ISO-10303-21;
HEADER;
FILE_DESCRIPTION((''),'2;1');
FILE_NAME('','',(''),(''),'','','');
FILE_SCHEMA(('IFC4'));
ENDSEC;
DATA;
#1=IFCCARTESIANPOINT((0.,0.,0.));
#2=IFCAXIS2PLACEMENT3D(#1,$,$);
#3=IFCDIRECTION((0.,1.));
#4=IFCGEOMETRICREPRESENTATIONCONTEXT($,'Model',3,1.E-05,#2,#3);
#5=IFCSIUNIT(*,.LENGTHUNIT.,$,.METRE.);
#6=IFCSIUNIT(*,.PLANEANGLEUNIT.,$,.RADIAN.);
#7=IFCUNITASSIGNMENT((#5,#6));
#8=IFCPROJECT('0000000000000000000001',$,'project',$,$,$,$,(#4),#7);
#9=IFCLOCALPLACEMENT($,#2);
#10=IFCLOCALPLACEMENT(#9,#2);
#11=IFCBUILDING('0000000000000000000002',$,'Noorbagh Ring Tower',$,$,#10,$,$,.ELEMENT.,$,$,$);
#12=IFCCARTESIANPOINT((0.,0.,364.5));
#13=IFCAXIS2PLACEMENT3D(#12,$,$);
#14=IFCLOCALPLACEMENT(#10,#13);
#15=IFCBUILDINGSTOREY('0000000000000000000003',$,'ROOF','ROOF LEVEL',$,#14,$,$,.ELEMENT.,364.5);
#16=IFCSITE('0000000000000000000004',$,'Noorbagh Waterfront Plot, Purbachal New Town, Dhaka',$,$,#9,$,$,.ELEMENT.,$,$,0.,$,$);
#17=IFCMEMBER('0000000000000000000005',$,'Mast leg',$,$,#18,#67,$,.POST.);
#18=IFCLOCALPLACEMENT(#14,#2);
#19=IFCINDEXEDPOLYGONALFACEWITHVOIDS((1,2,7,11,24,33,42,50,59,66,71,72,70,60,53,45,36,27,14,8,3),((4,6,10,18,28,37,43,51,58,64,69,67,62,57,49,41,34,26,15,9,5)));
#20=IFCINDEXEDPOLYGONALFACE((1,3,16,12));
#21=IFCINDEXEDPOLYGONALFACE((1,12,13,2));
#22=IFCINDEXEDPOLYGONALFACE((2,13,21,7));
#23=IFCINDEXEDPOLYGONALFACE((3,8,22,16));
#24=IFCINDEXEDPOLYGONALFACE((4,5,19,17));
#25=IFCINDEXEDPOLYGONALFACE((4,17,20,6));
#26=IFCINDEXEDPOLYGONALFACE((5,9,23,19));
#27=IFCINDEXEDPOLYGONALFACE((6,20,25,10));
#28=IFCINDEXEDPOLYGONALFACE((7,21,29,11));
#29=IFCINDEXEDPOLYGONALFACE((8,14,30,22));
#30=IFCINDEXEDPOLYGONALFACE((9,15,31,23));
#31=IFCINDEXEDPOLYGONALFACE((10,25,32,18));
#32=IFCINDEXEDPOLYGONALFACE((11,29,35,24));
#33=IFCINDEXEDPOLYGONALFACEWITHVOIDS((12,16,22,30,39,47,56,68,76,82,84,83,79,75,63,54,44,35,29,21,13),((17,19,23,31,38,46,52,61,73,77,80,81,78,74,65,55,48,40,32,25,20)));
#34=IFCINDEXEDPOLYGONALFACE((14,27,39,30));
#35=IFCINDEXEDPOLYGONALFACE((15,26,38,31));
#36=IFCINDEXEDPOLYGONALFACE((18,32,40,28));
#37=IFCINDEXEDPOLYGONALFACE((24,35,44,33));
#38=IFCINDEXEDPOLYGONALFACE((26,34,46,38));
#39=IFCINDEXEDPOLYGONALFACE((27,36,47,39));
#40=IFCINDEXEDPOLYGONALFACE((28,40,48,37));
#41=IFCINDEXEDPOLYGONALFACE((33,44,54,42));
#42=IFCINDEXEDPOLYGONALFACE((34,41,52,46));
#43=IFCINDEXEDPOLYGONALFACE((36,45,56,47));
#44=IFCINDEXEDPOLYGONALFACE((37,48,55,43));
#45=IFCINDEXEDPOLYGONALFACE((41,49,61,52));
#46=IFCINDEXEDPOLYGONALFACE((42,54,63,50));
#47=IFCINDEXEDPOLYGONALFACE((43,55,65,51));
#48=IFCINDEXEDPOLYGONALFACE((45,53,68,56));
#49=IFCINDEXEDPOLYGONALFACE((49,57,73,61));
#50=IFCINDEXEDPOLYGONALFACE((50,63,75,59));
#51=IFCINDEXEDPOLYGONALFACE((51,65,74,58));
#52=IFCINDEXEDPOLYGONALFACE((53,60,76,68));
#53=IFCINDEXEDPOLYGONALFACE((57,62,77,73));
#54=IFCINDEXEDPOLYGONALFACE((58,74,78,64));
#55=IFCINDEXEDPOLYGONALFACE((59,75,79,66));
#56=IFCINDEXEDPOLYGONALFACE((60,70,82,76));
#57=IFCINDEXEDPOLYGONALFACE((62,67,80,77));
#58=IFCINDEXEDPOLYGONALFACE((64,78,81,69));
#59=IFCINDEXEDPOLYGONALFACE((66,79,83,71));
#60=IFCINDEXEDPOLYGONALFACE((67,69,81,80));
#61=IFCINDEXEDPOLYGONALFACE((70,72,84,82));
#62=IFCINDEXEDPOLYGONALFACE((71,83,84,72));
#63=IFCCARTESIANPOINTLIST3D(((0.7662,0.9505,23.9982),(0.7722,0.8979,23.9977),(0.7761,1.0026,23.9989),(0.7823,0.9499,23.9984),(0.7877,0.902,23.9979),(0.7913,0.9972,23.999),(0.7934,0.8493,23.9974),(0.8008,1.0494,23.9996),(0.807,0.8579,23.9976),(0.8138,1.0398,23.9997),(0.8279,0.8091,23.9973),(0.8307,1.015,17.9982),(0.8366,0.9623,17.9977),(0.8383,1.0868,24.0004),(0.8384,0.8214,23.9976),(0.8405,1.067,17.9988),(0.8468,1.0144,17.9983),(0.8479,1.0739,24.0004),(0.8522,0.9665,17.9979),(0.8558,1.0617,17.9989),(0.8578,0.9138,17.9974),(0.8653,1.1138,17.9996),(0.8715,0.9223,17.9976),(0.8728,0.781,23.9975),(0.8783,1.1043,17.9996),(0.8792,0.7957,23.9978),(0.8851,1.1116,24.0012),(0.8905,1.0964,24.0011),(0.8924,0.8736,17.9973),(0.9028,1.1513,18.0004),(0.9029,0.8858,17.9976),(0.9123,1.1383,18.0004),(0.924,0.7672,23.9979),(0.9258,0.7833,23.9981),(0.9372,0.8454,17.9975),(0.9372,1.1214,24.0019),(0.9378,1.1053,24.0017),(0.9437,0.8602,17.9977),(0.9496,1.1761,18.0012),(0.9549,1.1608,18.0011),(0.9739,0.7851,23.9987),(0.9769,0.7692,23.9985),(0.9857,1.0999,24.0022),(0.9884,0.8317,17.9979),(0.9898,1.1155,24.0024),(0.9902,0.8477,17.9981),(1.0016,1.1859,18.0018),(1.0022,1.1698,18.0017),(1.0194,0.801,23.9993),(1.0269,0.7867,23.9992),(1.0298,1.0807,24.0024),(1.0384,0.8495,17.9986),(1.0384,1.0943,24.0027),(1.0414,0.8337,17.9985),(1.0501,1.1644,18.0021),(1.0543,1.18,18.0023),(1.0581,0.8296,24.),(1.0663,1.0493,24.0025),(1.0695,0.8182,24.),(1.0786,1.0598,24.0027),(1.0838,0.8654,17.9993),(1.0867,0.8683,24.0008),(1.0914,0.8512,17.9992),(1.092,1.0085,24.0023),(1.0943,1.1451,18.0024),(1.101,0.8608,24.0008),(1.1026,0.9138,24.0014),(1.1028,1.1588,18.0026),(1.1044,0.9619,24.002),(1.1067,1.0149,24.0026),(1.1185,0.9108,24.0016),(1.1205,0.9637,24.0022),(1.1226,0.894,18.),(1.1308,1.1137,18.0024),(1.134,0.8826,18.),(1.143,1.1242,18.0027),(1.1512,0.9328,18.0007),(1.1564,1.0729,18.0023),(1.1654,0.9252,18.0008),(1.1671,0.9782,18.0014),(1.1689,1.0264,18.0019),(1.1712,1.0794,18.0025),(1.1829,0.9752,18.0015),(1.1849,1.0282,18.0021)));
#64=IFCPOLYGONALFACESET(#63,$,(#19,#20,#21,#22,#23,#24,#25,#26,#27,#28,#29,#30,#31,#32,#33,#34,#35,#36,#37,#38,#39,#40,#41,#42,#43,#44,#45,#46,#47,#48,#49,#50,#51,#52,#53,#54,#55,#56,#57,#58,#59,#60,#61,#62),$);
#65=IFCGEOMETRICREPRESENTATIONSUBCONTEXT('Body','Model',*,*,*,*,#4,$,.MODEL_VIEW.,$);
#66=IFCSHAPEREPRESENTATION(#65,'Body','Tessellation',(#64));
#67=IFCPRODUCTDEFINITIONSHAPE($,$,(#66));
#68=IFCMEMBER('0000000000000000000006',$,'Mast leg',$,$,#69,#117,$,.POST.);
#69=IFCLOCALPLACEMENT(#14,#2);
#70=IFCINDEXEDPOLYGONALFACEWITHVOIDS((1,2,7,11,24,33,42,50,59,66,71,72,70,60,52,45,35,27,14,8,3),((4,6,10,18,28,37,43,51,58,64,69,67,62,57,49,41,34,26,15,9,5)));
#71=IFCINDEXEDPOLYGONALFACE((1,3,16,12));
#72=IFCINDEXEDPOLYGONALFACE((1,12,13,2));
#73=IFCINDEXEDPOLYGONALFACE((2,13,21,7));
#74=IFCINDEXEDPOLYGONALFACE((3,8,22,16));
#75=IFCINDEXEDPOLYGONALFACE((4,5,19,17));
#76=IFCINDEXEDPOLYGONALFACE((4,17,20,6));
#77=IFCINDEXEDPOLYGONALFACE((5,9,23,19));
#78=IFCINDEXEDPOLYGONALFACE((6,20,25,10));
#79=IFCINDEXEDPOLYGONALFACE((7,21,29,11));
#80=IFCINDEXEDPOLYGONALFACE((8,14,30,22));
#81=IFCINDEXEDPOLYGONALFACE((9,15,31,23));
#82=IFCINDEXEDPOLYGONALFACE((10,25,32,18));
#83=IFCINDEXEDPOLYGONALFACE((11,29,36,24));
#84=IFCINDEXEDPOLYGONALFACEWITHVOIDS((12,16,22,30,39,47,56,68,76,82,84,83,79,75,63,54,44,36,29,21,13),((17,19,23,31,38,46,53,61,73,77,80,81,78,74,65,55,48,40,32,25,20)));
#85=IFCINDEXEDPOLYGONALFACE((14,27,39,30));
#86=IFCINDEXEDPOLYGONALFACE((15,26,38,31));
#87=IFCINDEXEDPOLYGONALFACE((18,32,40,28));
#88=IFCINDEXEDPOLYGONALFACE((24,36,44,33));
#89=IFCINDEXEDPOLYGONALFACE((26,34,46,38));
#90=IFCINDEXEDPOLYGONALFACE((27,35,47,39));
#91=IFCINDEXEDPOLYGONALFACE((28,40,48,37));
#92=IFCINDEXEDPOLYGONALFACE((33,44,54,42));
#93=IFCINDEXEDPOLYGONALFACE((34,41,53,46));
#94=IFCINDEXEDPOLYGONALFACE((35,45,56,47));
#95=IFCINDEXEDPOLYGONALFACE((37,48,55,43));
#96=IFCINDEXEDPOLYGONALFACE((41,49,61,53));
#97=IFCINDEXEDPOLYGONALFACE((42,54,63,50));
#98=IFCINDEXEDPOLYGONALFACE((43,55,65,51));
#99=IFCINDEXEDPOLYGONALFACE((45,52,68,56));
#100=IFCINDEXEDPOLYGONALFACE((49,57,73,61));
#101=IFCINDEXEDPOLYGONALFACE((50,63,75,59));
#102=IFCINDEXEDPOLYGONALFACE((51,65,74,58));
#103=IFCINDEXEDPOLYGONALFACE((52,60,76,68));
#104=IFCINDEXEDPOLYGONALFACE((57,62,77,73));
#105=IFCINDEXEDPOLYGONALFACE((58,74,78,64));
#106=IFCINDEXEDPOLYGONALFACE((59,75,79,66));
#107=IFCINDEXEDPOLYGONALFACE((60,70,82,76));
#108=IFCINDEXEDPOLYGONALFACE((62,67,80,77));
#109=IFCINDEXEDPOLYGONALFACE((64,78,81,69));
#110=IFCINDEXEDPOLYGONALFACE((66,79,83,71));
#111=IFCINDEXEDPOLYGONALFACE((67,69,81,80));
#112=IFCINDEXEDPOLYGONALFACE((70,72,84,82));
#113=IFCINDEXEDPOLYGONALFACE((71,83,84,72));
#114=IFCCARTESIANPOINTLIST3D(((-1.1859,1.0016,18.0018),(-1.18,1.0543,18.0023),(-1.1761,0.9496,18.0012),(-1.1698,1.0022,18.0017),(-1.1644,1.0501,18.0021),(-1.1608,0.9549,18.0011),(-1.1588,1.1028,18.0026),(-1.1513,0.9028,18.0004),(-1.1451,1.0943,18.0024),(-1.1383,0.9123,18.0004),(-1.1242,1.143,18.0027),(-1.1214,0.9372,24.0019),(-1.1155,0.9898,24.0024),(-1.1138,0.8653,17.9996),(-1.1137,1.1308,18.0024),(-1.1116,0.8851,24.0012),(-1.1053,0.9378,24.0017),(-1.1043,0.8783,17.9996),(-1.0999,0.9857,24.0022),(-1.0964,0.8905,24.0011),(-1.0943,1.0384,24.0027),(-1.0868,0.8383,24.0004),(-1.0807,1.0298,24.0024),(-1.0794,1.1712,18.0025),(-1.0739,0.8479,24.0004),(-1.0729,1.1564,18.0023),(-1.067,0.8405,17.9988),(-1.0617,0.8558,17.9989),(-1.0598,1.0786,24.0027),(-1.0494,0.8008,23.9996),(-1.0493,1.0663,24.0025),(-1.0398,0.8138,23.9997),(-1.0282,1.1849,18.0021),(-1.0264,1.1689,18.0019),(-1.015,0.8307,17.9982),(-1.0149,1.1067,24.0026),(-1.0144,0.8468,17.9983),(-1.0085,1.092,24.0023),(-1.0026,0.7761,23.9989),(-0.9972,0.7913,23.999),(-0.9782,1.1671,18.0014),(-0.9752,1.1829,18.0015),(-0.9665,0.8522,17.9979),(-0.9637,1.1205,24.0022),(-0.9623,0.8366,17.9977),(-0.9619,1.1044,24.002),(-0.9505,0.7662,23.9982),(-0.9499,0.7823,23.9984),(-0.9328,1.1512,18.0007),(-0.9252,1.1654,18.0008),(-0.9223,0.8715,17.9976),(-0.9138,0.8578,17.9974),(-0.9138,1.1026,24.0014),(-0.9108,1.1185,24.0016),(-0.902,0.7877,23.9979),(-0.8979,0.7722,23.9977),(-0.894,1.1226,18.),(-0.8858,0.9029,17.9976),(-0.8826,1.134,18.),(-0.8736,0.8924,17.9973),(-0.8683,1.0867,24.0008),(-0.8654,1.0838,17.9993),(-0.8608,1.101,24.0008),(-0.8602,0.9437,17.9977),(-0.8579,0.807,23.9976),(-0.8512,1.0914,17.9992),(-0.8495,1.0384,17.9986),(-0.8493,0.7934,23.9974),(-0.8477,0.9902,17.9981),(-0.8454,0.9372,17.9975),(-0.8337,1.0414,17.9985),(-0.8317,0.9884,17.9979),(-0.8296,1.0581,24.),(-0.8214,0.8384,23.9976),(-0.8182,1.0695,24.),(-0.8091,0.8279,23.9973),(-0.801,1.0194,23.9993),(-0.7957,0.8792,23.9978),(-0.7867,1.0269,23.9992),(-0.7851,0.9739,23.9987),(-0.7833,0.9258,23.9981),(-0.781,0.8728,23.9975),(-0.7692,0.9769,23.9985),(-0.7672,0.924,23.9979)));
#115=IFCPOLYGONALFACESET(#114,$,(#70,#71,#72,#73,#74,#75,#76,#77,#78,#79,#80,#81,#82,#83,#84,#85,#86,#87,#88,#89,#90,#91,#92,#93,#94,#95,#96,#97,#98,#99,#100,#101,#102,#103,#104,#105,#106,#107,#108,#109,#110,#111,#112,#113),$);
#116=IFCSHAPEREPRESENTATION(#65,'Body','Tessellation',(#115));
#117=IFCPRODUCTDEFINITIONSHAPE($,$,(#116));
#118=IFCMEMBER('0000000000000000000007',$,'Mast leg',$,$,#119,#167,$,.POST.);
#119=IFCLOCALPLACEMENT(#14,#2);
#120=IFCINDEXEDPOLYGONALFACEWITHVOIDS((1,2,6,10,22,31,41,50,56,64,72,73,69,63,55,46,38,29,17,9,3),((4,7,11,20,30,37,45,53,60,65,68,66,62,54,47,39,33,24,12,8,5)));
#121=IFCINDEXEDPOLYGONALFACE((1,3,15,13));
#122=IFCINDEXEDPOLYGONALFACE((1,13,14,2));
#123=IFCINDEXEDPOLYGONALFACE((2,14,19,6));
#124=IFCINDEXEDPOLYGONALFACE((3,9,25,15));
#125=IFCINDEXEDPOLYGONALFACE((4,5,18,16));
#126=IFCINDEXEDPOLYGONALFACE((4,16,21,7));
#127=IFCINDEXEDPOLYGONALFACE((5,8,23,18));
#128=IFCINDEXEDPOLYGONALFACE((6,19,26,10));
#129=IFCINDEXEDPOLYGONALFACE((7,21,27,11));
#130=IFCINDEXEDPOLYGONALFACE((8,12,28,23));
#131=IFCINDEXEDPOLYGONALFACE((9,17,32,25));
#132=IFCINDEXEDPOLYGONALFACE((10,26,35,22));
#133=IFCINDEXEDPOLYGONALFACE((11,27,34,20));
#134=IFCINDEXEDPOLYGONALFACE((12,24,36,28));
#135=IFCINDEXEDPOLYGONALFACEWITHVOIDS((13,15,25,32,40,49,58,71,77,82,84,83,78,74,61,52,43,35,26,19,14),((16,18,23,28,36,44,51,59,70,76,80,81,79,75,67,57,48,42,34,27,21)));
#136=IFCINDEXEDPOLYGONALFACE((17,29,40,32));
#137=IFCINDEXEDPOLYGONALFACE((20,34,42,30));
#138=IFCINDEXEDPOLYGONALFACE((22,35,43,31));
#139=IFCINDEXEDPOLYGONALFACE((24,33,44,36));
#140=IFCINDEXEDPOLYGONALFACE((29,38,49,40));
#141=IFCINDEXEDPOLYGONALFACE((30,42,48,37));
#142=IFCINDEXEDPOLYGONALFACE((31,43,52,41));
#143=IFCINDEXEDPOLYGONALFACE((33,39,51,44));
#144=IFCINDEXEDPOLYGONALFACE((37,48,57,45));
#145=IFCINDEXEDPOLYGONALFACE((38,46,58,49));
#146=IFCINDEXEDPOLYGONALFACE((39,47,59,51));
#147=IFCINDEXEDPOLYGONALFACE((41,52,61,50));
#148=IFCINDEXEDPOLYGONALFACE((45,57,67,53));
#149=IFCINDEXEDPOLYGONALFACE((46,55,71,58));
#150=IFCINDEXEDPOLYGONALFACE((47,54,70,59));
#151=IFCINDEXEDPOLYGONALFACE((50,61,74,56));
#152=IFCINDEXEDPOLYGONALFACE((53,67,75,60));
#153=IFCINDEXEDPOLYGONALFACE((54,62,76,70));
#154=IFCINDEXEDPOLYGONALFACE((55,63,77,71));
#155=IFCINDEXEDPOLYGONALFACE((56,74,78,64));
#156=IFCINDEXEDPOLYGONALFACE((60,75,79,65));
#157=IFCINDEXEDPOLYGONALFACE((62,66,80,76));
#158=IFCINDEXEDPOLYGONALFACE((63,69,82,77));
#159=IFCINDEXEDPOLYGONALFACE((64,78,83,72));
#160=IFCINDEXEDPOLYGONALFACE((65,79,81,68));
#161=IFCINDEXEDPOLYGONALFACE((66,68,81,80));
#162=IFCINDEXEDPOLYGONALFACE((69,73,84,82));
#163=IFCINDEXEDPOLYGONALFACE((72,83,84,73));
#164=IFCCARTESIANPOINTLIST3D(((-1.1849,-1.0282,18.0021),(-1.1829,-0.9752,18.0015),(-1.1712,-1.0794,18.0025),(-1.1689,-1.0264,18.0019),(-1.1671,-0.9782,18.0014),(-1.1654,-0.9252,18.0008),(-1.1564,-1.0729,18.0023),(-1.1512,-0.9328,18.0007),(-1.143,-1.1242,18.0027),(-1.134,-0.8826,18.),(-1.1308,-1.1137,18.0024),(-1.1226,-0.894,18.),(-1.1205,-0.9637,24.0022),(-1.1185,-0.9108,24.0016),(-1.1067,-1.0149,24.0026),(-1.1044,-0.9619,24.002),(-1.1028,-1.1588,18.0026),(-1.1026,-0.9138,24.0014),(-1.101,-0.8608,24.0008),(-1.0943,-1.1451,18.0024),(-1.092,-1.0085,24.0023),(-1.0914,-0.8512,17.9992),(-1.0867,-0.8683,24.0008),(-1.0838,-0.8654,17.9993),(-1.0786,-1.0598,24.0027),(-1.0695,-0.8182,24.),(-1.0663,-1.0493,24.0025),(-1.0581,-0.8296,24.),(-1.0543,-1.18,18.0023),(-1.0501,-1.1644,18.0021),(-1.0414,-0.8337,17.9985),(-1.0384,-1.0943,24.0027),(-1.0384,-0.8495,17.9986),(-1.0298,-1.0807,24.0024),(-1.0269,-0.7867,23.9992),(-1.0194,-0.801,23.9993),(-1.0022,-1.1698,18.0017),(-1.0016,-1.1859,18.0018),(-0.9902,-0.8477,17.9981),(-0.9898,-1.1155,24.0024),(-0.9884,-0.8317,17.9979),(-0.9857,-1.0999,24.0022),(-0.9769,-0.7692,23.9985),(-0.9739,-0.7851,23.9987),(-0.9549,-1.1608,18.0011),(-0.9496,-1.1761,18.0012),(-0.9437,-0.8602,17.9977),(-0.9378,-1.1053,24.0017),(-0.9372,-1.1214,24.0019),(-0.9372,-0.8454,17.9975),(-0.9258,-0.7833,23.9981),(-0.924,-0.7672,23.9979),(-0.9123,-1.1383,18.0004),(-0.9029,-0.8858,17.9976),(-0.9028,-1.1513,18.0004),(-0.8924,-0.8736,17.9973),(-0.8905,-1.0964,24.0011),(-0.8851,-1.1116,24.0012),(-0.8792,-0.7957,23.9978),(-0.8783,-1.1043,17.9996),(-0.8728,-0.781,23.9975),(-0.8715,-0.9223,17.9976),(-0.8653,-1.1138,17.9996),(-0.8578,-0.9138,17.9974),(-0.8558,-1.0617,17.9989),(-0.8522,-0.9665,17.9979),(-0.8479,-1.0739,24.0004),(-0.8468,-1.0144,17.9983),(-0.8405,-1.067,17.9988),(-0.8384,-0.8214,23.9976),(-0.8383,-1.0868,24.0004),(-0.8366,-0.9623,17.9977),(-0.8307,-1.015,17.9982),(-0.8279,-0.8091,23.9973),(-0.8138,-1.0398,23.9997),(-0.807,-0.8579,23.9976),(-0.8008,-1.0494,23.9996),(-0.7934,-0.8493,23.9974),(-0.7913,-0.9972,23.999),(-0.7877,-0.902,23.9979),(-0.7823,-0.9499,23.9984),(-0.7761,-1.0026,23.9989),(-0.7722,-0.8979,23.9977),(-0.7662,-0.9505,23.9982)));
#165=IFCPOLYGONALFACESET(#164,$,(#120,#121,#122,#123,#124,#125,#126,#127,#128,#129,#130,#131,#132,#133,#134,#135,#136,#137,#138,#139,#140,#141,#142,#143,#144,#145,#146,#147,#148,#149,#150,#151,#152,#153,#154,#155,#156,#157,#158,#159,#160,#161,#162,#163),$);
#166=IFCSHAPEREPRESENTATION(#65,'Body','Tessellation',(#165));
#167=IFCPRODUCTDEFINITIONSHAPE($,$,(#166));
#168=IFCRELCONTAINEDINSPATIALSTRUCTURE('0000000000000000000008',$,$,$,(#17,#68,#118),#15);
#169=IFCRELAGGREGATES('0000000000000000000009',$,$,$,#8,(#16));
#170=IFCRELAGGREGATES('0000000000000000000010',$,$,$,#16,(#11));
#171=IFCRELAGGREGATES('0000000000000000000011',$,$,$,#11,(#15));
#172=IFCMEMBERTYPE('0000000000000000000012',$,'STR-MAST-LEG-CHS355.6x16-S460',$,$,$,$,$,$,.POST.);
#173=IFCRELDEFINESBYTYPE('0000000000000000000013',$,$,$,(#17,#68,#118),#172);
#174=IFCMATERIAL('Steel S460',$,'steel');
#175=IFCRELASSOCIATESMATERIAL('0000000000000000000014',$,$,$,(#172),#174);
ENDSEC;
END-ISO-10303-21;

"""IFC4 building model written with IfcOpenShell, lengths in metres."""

from ifc_helpers import new_model, si_unit, direction, frame, origin, origin_2d, place, context, subcontext, project, spatial, hollow_circle, extrude, material, material_profile, profile_set, type_object, element, save


model = new_model("IFC4")

# Units and contexts
model_context = context("Model", 3, precision=1e-05, world=origin(), true_north=direction((0.0, 1.0)))
body_context = subcontext(model_context, "Body", "Model", "MODEL_VIEW")
ifc_project = project(units=[si_unit("LENGTHUNIT", "METRE"), si_unit("PLANEANGLEUNIT", "RADIAN")], contexts=[model_context])

# Site, building, storey
site_placement = place(None, origin())
site = spatial("IfcSite", under=ifc_project, at=site_placement, Name="Noorbagh Waterfront Plot, Purbachal New Town, Dhaka", CompositionType="ELEMENT", RefElevation=0.0)
building_placement = place(site_placement, origin())
building = spatial("IfcBuilding", under=site, at=building_placement, Name="Noorbagh Ring Tower", CompositionType="ELEMENT")
storey_placement = place(building_placement, frame((0.0, 0.0, 364.5)))
storey = spatial("IfcBuildingStorey", under=building, at=storey_placement, Name="ROOF", Description="ROOF LEVEL", CompositionType="ELEMENT", Elevation=364.5)

# Members
ifc_material_1 = material(Name="Steel S460", Category="steel")
ifc_material_profile_1 = material_profile(ifc_material_1, hollow_circle(Radius=0.1777, WallThickness=0.0161, at=origin_2d()), Name="CHS355.6x16")
ifc_profile_set_1 = profile_set([ifc_material_profile_1], Name="Steel S460")
member_type_1 = type_object("IfcMemberType", Name="STR-MAST-LEG-CHS355.6x16-S460", PredefinedType="POST", material=ifc_profile_set_1)
for number, where, z_axis, x_axis, name in (
    (1, (1.0083, 1.0083, 18.0), (-0.010741, -0.010741, 0.999885), (0.707107, -0.707107, 0.0), "Mast leg"),
    (2, (-1.0083, 1.0083, 18.0), (0.010741, -0.010741, 0.999885), (0.707107, 0.707107, 0.0), "Mast leg"),
    (3, (-1.0083, -1.0083, 18.0), (0.010741, 0.010741, 0.999885), (-0.707107, 0.707107, 0.0), "Mast leg"),
):
    element("IfcMember", number, at=place(storey_placement, frame(where, z_axis=z_axis, x_axis=x_axis)), inside=storey, type_object=member_type_1, Name=name, PredefinedType="POST", context=body_context, shape_type="SweptSolid", body=[
        extrude(hollow_circle(Radius=0.1777, WallThickness=0.0161, at=origin_2d()), origin(), (0.0, 0.0, 1.0), 6.0007),
    ])

save(model, "model.ifc")
